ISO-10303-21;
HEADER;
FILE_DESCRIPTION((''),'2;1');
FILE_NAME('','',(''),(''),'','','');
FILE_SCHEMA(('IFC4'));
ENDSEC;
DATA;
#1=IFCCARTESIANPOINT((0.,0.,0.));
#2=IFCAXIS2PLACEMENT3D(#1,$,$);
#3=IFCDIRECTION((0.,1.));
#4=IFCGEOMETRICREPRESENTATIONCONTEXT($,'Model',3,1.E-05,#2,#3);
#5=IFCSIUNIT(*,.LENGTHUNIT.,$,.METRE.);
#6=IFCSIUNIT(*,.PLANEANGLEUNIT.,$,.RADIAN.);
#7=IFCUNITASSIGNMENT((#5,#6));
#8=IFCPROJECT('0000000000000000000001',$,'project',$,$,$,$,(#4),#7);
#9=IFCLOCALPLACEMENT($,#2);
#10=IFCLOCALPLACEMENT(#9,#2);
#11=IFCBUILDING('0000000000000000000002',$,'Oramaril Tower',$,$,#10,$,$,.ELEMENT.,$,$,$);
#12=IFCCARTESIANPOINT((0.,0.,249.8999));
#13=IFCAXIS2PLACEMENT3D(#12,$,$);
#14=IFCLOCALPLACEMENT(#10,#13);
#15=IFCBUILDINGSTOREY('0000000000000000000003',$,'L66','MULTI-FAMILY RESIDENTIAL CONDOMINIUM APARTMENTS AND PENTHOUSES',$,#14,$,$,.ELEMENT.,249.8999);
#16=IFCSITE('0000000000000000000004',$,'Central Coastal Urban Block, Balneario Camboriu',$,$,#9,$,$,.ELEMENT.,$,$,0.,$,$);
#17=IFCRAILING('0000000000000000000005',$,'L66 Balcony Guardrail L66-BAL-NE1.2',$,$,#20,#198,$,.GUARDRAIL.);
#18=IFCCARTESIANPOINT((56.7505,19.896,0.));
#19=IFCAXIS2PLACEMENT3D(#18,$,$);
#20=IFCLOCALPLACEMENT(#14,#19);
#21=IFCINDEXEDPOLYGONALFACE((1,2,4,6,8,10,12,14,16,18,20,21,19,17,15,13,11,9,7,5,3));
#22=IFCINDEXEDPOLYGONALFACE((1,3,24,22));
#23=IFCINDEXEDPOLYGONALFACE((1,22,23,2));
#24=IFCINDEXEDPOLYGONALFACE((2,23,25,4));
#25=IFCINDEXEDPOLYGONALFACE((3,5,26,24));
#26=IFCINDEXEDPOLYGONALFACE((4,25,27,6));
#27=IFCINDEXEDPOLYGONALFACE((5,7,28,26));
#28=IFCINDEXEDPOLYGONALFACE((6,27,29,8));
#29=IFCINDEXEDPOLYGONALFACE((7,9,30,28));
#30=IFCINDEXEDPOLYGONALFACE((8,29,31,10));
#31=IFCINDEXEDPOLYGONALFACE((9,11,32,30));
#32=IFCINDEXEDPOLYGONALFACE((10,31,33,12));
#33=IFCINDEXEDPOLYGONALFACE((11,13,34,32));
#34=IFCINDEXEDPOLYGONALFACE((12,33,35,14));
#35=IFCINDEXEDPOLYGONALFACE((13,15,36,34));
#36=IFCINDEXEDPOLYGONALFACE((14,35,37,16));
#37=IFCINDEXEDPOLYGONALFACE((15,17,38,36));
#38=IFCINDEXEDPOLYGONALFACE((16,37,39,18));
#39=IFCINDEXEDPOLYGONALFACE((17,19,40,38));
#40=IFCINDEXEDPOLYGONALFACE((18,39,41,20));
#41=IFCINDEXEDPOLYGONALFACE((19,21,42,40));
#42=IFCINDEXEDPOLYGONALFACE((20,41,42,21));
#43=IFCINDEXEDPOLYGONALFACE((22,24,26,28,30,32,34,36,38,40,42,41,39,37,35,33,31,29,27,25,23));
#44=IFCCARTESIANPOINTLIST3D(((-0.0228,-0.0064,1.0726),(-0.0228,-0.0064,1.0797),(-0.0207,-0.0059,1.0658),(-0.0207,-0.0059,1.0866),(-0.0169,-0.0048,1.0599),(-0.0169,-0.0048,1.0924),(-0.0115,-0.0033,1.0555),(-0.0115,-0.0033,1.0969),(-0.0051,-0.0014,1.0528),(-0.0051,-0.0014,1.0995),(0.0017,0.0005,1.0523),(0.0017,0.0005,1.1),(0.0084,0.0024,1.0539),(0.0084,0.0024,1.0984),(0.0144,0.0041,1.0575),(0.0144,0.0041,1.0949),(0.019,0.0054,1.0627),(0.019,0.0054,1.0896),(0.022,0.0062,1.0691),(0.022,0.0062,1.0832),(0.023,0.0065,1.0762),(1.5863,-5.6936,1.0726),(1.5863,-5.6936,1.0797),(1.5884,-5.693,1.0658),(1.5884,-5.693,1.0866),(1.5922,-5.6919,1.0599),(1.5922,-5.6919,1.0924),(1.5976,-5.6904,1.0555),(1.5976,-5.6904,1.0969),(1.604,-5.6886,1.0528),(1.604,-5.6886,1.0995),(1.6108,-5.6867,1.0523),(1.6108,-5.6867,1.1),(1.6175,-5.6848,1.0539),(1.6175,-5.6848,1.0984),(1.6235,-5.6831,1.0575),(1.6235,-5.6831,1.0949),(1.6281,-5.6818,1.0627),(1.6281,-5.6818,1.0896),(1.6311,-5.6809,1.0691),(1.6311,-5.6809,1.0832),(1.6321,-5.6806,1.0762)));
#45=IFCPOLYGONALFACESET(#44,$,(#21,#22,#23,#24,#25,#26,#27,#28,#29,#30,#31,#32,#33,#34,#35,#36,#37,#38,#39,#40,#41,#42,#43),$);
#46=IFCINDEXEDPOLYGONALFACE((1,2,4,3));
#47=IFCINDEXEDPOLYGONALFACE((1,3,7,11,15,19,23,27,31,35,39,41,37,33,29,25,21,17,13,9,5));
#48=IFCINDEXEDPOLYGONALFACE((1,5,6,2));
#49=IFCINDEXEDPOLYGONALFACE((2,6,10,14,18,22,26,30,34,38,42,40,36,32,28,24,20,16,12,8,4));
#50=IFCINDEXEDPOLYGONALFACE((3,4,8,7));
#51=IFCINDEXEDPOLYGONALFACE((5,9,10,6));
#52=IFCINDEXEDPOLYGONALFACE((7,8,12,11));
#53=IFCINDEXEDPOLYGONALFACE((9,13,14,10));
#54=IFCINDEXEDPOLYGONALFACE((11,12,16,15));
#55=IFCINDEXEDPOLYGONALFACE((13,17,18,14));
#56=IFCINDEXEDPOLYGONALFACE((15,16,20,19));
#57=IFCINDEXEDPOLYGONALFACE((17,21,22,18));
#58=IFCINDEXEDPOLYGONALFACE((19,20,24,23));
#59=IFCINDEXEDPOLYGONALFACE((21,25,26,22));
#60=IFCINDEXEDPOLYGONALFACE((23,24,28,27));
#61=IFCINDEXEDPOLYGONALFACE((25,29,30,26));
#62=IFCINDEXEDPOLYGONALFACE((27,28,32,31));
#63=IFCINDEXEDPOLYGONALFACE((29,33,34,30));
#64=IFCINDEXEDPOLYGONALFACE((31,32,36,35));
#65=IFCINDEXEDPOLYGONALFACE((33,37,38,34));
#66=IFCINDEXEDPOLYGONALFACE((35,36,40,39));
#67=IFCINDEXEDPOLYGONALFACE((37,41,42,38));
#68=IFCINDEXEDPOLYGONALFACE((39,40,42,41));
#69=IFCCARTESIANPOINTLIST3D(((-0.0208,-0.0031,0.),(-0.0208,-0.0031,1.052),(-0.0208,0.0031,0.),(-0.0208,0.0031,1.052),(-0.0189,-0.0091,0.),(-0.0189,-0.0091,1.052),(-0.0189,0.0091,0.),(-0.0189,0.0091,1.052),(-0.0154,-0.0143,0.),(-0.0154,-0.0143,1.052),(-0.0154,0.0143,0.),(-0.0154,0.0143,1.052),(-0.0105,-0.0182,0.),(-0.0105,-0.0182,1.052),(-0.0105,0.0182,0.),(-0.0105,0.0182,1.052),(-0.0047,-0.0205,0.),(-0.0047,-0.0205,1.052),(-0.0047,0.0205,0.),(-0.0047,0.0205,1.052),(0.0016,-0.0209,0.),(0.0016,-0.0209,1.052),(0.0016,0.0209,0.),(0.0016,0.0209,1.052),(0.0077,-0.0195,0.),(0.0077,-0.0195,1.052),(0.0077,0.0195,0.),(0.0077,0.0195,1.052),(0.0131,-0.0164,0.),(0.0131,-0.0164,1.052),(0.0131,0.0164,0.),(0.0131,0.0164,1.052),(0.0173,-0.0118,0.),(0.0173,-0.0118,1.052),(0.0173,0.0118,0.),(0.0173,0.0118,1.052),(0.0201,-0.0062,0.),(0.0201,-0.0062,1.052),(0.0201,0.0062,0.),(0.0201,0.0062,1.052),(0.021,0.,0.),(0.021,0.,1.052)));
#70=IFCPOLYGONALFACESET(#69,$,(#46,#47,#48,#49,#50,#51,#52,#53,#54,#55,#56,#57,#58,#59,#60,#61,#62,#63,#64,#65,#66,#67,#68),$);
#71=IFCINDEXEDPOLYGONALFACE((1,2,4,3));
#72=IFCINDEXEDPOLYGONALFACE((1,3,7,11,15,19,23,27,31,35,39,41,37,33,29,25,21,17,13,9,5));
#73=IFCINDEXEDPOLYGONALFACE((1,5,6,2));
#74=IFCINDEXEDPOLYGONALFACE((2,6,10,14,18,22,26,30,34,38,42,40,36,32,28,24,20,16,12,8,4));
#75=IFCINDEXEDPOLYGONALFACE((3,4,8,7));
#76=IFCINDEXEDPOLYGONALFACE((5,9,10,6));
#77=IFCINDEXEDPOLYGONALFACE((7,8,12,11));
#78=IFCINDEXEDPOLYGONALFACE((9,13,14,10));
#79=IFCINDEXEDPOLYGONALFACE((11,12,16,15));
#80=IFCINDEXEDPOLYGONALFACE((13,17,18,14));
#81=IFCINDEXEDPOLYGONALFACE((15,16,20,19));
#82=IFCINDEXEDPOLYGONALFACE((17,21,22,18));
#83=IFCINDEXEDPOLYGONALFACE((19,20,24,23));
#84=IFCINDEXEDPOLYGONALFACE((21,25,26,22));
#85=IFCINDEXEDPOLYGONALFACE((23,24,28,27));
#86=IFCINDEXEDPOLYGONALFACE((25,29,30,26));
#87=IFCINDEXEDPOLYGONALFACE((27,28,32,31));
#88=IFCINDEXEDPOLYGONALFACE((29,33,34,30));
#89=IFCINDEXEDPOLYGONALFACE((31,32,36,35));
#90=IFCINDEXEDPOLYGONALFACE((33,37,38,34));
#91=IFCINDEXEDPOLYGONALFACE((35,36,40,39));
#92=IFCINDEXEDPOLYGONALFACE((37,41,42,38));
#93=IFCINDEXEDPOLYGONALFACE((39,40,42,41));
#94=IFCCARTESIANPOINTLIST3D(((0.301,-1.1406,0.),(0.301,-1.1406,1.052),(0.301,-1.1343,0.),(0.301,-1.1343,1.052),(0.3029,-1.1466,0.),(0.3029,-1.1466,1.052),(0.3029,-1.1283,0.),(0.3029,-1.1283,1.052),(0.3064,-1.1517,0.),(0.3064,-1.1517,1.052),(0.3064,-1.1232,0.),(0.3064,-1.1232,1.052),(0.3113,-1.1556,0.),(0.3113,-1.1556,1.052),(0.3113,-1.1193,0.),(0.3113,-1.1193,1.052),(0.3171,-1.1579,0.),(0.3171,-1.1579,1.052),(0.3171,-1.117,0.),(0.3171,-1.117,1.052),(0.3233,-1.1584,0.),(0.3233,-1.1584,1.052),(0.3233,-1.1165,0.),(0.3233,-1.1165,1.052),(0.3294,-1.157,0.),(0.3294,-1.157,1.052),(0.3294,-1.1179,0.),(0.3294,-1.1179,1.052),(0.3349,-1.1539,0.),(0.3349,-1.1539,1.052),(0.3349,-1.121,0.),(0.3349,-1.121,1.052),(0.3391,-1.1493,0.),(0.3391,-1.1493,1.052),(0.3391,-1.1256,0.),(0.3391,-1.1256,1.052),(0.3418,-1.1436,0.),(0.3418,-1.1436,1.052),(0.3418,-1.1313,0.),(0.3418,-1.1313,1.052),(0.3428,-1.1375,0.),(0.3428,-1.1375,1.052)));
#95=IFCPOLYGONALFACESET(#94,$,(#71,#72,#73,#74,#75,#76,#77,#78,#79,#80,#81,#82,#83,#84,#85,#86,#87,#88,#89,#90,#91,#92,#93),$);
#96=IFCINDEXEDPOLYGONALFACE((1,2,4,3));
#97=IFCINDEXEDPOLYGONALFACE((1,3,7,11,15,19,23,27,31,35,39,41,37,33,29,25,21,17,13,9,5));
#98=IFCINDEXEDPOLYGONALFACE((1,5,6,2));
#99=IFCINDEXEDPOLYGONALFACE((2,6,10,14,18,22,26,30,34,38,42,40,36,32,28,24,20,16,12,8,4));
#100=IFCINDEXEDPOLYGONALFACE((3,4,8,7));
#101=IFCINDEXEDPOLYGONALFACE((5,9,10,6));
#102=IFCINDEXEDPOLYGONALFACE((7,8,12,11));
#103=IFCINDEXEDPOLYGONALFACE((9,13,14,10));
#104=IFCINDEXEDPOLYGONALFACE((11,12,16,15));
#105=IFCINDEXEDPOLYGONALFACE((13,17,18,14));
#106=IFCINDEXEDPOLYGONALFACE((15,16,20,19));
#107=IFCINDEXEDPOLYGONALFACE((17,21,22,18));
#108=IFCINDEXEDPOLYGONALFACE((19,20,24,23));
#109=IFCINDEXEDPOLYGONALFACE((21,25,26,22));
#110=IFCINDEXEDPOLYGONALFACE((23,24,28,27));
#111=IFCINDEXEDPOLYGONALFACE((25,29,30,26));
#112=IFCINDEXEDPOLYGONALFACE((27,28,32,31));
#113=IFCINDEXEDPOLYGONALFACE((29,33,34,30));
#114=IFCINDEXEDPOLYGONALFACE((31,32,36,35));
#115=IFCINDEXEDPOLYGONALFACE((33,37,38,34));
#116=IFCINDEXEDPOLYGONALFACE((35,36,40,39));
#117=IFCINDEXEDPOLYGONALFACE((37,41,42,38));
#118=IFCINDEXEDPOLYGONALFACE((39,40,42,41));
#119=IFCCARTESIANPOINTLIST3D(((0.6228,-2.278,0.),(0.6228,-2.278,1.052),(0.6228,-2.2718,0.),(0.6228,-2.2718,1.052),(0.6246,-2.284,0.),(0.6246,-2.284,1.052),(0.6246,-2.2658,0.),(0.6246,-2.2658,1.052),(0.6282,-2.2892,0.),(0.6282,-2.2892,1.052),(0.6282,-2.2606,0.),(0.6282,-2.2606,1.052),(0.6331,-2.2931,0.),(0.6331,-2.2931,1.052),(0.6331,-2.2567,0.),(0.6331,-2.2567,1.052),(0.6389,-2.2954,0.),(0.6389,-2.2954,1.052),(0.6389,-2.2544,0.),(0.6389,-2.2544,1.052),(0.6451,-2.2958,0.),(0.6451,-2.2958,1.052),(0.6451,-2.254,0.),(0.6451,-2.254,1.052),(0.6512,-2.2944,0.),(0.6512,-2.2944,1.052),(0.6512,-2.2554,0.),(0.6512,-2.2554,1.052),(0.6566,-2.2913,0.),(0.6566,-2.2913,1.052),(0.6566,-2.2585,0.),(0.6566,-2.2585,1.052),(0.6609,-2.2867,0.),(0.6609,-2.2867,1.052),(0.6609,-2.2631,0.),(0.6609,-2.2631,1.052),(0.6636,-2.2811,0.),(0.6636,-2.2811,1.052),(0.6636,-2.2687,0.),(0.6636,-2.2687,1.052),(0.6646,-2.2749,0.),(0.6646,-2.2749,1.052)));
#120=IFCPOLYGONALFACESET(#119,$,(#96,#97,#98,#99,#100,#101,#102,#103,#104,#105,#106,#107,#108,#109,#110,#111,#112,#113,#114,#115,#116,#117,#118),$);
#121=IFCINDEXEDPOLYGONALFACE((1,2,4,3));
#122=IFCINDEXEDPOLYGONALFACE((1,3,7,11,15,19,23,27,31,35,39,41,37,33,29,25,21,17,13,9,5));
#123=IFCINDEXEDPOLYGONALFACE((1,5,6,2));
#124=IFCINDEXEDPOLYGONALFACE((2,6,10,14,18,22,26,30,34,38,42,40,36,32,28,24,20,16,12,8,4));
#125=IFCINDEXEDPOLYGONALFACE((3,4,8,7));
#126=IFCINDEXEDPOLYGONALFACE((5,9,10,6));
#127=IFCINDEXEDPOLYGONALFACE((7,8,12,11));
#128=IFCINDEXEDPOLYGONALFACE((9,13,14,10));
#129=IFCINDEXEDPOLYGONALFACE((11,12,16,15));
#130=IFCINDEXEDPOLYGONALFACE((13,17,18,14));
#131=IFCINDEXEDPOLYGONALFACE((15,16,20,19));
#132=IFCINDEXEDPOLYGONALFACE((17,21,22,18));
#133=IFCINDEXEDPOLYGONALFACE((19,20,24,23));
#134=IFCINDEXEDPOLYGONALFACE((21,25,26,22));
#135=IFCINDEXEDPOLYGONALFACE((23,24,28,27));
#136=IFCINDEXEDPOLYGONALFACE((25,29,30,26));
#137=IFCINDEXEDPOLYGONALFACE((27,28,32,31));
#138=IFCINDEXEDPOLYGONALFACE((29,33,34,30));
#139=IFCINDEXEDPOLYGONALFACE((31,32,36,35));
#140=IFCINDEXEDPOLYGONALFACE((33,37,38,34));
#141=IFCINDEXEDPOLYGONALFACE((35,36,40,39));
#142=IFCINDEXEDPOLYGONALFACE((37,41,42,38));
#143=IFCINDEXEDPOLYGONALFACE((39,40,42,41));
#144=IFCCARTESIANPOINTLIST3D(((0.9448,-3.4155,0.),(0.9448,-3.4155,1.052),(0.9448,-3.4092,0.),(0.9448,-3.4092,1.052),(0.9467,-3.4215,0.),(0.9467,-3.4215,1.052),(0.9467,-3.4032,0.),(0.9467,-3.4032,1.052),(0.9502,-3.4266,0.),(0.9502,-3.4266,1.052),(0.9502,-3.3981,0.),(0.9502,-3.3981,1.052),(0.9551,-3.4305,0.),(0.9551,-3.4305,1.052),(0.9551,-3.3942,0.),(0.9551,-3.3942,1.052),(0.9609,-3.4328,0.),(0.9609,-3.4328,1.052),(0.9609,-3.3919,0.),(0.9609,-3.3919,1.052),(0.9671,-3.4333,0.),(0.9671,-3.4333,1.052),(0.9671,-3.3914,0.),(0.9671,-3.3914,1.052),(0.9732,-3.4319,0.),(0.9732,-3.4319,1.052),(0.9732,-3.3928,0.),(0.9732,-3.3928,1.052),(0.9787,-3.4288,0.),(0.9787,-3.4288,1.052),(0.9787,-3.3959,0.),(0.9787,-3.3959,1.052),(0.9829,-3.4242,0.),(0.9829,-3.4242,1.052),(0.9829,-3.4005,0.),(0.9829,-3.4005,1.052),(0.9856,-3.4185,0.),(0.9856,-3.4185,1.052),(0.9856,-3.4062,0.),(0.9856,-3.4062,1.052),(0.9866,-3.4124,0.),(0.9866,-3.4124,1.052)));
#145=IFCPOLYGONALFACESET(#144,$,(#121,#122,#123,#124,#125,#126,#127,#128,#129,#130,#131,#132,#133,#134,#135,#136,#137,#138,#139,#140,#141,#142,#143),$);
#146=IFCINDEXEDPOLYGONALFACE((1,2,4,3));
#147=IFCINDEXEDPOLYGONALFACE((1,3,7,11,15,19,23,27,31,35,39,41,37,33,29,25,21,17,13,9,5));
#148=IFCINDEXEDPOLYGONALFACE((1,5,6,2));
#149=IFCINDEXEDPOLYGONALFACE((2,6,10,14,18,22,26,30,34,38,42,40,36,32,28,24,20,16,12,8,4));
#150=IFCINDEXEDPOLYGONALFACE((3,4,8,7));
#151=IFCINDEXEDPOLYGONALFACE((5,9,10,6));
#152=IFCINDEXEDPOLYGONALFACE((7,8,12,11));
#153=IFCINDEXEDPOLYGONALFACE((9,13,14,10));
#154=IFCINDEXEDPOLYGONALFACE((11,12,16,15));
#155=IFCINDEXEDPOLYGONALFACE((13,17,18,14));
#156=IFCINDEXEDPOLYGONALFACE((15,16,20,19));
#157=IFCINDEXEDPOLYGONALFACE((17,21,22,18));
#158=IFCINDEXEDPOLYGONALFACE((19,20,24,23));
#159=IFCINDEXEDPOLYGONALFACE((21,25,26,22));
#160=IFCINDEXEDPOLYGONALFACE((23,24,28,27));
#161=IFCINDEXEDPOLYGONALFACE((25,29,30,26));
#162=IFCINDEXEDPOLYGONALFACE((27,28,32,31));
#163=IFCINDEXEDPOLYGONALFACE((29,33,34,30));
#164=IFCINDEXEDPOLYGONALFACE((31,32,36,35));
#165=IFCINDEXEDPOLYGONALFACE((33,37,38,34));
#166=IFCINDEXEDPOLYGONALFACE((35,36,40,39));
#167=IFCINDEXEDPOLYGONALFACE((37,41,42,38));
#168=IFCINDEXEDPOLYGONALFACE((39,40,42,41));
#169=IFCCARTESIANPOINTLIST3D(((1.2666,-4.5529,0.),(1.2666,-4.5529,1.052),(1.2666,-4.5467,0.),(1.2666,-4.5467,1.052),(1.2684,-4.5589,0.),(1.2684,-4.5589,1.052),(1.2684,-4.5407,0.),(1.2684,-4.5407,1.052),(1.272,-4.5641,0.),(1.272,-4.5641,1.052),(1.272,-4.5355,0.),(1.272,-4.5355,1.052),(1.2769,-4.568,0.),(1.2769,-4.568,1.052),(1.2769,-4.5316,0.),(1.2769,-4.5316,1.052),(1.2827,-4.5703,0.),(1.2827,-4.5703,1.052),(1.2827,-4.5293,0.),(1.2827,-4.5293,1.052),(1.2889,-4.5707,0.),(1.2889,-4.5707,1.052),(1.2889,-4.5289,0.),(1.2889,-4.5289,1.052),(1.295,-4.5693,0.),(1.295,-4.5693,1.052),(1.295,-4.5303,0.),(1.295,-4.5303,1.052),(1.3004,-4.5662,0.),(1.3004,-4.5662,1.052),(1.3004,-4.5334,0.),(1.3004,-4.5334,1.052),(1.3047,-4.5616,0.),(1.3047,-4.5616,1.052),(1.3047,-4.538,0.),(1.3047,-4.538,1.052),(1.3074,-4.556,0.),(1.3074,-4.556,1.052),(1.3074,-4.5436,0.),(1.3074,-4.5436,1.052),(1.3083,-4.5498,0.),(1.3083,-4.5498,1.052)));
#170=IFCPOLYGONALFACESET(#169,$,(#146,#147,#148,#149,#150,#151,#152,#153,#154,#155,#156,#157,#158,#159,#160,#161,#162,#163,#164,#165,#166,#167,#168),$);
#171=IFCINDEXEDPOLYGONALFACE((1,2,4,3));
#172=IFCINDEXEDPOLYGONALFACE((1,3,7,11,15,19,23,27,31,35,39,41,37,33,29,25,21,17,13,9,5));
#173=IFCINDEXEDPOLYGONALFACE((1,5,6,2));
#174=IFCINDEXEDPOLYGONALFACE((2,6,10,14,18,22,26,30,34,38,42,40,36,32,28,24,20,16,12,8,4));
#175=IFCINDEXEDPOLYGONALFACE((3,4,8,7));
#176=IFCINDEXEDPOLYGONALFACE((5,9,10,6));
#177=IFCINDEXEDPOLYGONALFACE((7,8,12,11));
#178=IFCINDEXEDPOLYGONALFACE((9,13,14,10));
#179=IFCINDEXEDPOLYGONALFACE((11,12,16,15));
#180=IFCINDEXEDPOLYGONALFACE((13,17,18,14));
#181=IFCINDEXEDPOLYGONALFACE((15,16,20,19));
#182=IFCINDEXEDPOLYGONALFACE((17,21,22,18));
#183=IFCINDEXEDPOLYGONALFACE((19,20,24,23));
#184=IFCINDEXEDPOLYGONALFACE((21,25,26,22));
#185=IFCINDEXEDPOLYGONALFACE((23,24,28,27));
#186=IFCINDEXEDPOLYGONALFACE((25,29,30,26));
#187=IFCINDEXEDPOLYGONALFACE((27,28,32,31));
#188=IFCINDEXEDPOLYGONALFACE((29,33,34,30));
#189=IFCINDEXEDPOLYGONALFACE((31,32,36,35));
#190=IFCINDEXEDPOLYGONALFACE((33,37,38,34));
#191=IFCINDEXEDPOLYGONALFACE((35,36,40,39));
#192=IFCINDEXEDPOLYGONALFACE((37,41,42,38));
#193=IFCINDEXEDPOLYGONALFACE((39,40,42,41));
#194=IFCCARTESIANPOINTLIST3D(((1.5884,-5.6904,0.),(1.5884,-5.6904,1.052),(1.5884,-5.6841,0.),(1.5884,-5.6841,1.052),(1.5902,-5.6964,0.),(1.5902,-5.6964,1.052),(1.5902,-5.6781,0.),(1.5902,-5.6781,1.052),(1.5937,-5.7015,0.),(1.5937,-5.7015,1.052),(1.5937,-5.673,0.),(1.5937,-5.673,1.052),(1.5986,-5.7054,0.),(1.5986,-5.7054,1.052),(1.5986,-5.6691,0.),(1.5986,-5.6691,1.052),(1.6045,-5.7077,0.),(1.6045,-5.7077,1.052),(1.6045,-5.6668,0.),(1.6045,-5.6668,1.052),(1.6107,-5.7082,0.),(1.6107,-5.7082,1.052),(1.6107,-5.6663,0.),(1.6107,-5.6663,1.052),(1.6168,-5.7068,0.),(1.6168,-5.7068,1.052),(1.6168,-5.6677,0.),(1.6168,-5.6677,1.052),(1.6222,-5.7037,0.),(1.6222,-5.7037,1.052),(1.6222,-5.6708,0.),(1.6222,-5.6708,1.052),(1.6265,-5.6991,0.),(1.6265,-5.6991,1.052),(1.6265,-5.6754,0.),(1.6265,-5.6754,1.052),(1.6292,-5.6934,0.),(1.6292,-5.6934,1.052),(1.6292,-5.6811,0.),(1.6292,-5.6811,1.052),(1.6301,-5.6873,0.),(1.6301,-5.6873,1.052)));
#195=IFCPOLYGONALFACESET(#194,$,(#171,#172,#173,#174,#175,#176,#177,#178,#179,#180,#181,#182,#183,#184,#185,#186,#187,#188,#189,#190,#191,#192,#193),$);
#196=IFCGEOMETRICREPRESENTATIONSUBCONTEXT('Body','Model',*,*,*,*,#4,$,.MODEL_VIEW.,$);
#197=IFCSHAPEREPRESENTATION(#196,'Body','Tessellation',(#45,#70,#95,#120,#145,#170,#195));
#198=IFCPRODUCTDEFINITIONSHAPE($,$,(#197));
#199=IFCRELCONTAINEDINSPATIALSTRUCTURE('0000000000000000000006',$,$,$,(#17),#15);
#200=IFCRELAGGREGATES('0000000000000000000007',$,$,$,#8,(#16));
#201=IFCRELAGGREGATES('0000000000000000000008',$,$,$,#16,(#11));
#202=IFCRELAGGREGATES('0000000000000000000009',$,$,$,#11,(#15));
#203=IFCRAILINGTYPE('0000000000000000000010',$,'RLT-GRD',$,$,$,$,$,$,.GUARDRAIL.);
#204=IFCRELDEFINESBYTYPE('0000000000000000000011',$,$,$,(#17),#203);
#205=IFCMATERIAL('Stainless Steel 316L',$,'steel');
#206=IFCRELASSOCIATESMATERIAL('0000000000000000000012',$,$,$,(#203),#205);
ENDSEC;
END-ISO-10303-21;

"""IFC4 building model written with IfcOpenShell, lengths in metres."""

from ifc_helpers import new_model, si_unit, direction, frame, origin, origin_2d, place, context, subcontext, project, spatial, circle, extrude, material, type_object, element, save


model = new_model("IFC4")

# Units and contexts
model_context = context("Model", 3, precision=1e-05, world=origin(), true_north=direction((0.0, 1.0)))
body_context = subcontext(model_context, "Body", "Model", "MODEL_VIEW")
ifc_project = project(units=[si_unit("LENGTHUNIT", "METRE"), si_unit("PLANEANGLEUNIT", "RADIAN")], contexts=[model_context])

# Site, building, storey
site_placement = place(None, origin())
site = spatial("IfcSite", under=ifc_project, at=site_placement, Name="Central Coastal Urban Block, Balneario Camboriu", CompositionType="ELEMENT", RefElevation=0.0)
building_placement = place(site_placement, origin())
building = spatial("IfcBuilding", under=site, at=building_placement, Name="Oramaril Tower", CompositionType="ELEMENT")
storey_placement = place(building_placement, frame((0.0, 0.0, 249.8999)))
storey = spatial("IfcBuildingStorey", under=building, at=storey_placement, Name="L66", Description="MULTI-FAMILY RESIDENTIAL CONDOMINIUM APARTMENTS AND PENTHOUSES", CompositionType="ELEMENT", Elevation=249.8999)

# Railing
ifc_material_1 = material(Name="Stainless Steel 316L", Category="steel")
railing_type = type_object("IfcRailingType", Name="RLT-GRD", PredefinedType="GUARDRAIL", material=ifc_material_1)
railing_placement = place(storey_placement, frame((56.7505, 19.896, 0.0)))
element("IfcRailing", 1, at=railing_placement, inside=storey, type_object=railing_type, Name="L66 Balcony Guardrail L66-BAL-NE1.2", PredefinedType="GUARDRAIL", context=body_context, shape_type="SweptSolid", body=[
    extrude(circle(Radius=0.0239, at=origin_2d()), frame((0.0, 0.0, 1.0762), z_axis=(0.272249, -0.962227, 0.0), x_axis=(0.962227, 0.272249, 0.0)), (0.0, 0.0, 1.0), 5.9104),
    extrude(circle(Radius=0.021, at=origin_2d()), origin(), (0.0, 0.0, 1.0), 1.052),
    extrude(circle(Radius=0.021, at=origin_2d()), frame((0.3218, -1.1375, 0.0)), (0.0, 0.0, 1.0), 1.052),
    extrude(circle(Radius=0.021, at=origin_2d()), frame((0.6436, -2.2749, 0.0)), (0.0, 0.0, 1.0), 1.052),
    extrude(circle(Radius=0.021, at=origin_2d()), frame((0.9656, -3.4124, 0.0)), (0.0, 0.0, 1.0), 1.052),
    extrude(circle(Radius=0.021, at=origin_2d()), frame((1.2874, -4.5498, 0.0)), (0.0, 0.0, 1.0), 1.052),
    extrude(circle(Radius=0.021, at=origin_2d()), frame((1.6091, -5.6873, 0.0)), (0.0, 0.0, 1.0), 1.052),
])

save(model, "model.ifc")
